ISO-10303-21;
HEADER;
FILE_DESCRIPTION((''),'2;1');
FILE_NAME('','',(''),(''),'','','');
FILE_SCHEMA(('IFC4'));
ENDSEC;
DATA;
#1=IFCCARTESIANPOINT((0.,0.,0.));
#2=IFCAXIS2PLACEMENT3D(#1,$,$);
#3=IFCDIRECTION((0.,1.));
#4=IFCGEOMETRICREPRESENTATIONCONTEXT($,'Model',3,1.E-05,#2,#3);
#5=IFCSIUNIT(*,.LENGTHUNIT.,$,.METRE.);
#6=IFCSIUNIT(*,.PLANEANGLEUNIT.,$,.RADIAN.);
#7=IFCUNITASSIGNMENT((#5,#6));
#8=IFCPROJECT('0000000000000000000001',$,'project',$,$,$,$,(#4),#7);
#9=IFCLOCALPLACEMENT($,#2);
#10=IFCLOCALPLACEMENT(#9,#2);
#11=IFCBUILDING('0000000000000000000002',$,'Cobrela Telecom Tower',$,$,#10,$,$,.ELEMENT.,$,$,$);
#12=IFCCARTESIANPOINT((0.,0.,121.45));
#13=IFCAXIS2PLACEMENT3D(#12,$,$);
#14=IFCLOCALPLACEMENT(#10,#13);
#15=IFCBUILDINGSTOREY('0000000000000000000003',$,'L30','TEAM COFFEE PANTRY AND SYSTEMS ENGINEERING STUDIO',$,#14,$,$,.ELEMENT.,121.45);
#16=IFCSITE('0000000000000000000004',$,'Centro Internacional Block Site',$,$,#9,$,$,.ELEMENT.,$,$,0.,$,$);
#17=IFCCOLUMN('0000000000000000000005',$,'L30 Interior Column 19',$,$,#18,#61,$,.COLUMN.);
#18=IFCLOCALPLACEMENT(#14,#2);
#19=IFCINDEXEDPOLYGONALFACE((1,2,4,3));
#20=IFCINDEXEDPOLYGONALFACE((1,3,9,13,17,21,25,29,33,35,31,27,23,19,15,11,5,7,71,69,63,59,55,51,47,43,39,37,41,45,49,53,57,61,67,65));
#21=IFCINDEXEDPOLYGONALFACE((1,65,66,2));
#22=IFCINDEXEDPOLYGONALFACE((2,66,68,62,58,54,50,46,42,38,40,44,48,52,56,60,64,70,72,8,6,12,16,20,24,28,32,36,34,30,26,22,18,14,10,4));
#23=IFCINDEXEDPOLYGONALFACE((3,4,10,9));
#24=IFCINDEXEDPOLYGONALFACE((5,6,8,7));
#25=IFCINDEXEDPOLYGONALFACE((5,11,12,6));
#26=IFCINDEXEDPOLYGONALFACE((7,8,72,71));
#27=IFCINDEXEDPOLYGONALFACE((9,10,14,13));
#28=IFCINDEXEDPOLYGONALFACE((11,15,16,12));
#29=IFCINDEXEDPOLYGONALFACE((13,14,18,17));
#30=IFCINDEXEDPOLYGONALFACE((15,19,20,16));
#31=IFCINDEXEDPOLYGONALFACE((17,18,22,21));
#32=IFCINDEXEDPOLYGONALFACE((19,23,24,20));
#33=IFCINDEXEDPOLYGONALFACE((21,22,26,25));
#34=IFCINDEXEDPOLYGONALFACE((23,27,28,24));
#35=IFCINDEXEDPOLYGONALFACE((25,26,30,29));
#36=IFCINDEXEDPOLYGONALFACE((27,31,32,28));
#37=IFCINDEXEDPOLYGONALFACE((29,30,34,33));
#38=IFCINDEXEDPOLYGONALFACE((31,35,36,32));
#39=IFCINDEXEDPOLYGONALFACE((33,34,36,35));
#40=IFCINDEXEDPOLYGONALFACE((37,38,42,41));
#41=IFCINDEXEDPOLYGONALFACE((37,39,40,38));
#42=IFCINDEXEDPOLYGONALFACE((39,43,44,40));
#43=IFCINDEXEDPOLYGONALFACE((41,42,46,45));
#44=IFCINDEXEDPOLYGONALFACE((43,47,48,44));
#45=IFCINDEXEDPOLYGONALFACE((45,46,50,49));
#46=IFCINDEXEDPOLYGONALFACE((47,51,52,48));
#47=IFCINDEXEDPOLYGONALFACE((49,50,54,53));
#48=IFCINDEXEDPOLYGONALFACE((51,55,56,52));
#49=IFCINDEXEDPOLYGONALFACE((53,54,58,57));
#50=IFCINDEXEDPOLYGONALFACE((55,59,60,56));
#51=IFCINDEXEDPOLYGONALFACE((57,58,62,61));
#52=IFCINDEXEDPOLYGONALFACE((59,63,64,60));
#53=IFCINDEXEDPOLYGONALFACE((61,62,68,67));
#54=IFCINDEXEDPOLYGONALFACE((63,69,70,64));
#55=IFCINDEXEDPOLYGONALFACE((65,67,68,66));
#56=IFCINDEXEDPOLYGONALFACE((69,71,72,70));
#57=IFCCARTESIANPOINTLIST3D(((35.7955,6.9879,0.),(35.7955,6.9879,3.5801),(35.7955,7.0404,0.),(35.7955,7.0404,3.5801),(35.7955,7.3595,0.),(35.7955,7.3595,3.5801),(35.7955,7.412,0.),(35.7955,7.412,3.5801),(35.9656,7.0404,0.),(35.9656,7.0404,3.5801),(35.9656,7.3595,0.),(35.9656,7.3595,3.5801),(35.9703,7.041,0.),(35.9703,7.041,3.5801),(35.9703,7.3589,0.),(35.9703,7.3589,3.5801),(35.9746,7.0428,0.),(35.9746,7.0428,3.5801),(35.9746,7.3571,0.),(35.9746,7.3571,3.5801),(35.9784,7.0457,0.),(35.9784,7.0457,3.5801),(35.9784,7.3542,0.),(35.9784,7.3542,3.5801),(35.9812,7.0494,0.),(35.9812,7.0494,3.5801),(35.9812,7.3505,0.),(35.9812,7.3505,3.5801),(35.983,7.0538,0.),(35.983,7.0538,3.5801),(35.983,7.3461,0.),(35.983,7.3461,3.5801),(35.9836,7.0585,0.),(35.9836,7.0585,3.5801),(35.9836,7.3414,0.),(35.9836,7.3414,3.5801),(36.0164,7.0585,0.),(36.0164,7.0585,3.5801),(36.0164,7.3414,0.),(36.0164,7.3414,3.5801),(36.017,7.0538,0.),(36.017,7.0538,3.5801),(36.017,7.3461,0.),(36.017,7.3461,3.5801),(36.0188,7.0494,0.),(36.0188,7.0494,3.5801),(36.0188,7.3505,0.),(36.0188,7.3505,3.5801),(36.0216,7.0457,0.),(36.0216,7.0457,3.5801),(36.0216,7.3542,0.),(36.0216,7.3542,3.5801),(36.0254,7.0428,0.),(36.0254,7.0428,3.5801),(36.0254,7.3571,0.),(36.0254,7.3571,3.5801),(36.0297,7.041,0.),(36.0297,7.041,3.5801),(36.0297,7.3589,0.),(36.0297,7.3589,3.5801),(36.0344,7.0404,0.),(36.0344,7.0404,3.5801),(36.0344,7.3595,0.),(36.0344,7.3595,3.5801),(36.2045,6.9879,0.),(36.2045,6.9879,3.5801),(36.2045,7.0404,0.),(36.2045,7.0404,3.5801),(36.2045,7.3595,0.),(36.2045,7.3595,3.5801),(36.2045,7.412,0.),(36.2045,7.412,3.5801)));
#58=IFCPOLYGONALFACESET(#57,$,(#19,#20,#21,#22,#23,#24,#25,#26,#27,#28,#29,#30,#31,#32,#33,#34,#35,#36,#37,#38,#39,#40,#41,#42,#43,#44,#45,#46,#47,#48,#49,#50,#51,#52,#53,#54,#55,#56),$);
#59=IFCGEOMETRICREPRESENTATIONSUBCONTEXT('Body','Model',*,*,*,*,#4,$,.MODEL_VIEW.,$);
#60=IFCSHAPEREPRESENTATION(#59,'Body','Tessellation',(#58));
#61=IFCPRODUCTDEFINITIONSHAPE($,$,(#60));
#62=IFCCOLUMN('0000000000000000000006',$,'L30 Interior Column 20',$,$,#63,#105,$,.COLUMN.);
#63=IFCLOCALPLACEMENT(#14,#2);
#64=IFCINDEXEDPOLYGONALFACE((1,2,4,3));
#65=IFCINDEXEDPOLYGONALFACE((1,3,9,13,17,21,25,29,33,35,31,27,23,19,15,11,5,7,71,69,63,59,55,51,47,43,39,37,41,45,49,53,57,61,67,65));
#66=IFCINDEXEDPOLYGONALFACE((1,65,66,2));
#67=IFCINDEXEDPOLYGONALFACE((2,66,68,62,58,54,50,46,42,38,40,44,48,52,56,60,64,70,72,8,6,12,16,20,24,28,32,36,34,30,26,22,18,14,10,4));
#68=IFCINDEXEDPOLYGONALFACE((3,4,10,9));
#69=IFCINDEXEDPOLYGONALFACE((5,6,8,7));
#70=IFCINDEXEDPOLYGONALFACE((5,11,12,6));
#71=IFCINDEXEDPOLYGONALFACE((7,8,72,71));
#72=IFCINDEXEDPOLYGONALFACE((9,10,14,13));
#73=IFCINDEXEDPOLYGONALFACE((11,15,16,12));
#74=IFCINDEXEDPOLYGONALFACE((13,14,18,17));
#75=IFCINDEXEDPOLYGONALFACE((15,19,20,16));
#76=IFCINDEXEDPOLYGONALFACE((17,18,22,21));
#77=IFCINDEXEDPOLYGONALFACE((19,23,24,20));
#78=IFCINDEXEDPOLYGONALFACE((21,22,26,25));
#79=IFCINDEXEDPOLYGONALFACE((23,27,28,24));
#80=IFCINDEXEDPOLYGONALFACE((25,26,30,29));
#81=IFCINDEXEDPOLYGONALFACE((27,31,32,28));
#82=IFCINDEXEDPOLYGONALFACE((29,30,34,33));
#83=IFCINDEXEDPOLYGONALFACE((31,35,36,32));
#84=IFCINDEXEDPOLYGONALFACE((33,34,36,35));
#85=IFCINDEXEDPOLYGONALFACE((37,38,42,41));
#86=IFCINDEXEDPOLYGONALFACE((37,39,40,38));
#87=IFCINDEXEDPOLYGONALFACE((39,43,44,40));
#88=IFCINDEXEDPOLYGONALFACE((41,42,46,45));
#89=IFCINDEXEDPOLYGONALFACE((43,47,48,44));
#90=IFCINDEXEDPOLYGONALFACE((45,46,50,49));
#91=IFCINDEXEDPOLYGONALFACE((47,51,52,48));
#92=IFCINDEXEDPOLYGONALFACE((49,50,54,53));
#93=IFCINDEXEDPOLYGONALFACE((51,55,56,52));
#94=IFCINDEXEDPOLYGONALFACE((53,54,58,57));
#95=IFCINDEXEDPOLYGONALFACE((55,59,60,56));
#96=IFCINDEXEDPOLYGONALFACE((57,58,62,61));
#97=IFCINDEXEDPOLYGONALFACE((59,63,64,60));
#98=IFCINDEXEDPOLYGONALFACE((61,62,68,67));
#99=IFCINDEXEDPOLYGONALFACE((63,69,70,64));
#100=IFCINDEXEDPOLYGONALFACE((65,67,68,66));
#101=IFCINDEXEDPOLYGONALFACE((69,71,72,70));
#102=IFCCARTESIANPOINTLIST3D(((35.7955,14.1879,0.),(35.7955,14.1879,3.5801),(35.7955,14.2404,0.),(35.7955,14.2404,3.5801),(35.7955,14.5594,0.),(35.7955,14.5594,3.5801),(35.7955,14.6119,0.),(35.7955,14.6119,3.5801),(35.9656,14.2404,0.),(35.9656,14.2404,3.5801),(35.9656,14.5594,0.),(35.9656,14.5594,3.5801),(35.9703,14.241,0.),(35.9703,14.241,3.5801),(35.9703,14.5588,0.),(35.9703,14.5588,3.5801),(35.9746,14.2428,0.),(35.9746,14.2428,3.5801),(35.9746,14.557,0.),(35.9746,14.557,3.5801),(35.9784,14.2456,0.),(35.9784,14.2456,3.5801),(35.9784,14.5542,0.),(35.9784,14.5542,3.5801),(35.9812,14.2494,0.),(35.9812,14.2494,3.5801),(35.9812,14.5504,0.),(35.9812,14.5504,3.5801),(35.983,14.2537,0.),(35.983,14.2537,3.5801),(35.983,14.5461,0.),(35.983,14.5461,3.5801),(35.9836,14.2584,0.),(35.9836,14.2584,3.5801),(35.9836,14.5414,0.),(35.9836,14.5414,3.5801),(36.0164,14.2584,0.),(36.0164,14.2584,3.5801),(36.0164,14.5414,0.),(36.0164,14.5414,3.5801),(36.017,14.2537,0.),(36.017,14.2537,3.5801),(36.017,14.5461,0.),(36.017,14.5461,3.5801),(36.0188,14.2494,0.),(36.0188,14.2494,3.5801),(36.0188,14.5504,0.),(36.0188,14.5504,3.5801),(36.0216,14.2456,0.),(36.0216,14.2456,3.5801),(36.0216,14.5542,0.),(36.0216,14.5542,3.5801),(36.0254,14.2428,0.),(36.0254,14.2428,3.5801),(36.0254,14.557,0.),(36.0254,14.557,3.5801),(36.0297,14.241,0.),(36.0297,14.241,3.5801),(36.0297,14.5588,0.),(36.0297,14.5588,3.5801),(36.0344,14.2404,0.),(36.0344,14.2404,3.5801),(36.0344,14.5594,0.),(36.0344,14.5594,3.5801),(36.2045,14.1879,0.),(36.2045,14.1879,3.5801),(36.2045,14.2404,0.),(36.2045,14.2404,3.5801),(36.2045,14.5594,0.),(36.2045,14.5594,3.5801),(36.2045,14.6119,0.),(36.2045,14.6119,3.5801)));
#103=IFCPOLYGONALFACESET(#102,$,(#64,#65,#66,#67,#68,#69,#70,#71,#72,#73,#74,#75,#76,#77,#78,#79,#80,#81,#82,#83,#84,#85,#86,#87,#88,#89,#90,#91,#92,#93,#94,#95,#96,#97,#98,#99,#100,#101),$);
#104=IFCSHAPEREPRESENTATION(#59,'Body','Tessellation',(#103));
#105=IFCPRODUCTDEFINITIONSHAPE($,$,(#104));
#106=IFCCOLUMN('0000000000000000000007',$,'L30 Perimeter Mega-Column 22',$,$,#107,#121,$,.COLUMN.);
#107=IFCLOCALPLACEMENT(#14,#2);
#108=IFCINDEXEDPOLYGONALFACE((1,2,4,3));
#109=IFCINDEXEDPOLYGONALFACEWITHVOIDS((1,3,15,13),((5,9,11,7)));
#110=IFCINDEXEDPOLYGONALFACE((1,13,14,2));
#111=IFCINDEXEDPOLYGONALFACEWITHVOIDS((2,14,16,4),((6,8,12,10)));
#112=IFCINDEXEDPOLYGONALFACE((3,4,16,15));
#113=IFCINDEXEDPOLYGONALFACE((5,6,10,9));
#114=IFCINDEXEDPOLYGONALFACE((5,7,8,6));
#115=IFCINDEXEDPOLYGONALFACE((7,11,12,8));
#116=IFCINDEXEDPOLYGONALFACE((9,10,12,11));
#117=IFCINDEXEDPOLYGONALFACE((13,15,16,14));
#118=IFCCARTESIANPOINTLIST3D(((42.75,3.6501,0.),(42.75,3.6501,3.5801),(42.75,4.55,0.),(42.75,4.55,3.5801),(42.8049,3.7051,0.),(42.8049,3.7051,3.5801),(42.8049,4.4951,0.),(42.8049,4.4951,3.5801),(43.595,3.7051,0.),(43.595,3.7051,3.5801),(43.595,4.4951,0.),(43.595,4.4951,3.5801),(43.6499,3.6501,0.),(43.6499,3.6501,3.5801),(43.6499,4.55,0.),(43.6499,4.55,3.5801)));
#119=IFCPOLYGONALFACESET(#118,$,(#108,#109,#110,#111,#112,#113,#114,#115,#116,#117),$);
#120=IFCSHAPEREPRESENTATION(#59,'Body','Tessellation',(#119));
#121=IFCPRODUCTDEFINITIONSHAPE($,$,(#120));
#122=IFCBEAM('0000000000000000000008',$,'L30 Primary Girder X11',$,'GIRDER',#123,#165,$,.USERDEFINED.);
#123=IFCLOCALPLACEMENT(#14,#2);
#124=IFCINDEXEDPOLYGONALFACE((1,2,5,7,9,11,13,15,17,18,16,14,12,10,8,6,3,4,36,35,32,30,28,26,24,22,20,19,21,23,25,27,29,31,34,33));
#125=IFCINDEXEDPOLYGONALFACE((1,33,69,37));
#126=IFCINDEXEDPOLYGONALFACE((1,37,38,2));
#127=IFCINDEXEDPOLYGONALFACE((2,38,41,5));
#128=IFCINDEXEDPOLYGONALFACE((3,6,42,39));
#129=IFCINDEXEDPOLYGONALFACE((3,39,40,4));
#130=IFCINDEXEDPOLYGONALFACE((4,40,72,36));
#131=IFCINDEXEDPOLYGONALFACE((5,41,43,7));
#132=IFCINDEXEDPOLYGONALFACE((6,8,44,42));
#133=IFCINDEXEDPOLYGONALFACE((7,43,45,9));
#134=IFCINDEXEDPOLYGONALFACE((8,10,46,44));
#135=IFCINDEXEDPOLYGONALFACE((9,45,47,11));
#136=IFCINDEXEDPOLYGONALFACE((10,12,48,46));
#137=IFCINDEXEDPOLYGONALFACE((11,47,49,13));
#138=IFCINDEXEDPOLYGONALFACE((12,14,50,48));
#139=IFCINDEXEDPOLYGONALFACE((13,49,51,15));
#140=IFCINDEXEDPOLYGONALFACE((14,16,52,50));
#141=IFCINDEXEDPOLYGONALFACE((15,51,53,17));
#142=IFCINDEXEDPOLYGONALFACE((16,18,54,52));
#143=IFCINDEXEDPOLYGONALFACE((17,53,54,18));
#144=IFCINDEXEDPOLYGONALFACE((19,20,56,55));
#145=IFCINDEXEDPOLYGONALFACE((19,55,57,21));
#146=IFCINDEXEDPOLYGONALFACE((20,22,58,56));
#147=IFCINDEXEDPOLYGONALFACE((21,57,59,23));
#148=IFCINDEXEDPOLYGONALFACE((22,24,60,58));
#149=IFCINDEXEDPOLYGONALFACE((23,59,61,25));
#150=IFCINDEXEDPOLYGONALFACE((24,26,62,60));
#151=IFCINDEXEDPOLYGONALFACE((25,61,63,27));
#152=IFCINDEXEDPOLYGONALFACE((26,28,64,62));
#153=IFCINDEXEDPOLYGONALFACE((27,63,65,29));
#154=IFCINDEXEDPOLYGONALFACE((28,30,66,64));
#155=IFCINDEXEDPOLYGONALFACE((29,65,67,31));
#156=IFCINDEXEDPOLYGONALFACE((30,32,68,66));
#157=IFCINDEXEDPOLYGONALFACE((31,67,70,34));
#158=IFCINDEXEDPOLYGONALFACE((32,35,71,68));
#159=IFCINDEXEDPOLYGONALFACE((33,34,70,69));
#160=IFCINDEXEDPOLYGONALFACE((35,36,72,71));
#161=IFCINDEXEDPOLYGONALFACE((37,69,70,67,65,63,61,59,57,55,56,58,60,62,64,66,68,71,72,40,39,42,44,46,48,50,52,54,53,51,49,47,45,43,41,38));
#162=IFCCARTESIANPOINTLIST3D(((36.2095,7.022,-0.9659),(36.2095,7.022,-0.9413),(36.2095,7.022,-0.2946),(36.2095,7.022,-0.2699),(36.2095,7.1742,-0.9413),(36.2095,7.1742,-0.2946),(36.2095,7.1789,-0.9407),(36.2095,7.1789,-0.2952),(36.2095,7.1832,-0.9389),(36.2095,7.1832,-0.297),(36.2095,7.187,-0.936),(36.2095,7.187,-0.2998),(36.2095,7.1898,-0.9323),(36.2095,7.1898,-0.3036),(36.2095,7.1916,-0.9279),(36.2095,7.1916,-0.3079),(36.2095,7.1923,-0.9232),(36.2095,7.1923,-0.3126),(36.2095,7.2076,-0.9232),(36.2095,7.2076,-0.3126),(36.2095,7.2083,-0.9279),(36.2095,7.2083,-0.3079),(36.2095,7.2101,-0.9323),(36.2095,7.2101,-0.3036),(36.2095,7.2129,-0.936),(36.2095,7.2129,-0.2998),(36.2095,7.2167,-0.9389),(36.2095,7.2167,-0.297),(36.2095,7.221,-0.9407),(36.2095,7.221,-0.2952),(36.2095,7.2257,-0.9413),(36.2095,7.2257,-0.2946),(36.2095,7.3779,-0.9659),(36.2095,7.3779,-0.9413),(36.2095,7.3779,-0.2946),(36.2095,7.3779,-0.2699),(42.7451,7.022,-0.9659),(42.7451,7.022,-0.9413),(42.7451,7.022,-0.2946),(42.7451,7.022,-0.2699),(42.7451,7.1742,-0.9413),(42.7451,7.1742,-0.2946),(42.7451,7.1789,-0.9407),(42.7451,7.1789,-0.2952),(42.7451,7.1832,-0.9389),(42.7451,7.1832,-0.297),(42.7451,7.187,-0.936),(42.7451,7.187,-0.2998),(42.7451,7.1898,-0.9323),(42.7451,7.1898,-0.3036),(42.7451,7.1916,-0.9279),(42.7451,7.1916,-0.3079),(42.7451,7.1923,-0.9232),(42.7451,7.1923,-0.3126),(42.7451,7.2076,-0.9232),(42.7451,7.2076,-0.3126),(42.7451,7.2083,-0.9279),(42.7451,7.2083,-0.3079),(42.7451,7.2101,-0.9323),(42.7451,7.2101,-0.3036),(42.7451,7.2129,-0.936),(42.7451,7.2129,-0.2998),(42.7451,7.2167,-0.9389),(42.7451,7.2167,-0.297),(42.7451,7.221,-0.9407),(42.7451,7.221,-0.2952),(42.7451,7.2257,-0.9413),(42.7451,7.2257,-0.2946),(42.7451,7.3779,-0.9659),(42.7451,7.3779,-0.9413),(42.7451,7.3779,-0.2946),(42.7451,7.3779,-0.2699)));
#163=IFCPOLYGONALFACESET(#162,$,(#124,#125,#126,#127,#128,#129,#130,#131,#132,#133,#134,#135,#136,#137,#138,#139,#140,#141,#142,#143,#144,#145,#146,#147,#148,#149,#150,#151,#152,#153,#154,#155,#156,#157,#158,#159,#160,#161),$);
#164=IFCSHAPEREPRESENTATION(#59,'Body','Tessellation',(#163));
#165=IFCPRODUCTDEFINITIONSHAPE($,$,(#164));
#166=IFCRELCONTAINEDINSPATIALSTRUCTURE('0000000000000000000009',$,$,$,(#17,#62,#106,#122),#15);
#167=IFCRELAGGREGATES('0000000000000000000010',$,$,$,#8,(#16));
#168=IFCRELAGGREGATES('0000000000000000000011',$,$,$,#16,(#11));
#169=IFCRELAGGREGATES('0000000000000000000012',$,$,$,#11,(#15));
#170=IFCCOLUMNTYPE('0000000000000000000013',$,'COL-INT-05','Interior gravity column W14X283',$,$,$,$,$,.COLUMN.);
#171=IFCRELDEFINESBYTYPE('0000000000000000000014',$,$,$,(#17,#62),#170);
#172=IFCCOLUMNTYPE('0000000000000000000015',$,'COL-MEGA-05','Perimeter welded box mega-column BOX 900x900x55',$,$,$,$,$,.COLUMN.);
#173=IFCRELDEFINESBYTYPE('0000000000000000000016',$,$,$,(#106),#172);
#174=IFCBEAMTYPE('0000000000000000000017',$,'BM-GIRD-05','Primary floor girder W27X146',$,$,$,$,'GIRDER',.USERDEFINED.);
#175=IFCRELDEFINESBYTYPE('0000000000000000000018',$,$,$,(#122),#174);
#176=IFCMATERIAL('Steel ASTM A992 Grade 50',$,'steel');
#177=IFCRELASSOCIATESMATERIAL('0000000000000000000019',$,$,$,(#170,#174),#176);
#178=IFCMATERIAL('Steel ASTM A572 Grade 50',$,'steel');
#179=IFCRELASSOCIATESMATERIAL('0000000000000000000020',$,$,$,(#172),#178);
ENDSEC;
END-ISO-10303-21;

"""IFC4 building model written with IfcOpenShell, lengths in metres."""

from ifc_helpers import new_model, si_unit, direction, frame, origin, origin_2d, place, context, subcontext, project, spatial, hollow_rectangle, i_section, extrude, material, material_profile, profile_set, type_object, element, save


model = new_model("IFC4")

# Units and contexts
model_context = context("Model", 3, precision=1e-05, world=origin(), true_north=direction((0.0, 1.0)))
body_context = subcontext(model_context, "Body", "Model", "MODEL_VIEW")
ifc_project = project(units=[si_unit("LENGTHUNIT", "METRE"), si_unit("PLANEANGLEUNIT", "RADIAN")], contexts=[model_context])

# Site, building, storey
site_placement = place(None, origin())
site = spatial("IfcSite", under=ifc_project, at=site_placement, Name="Centro Internacional Block Site", CompositionType="ELEMENT", RefElevation=0.0)
building_placement = place(site_placement, origin())
building = spatial("IfcBuilding", under=site, at=building_placement, Name="Cobrela Telecom Tower", CompositionType="ELEMENT")
storey_placement = place(building_placement, frame((0.0, 0.0, 121.45)))
storey = spatial("IfcBuildingStorey", under=building, at=storey_placement, Name="L30", Description="TEAM COFFEE PANTRY AND SYSTEMS ENGINEERING STUDIO", CompositionType="ELEMENT", Elevation=121.45)

# Columns
ifc_material_1 = material(Name="Steel ASTM A992 Grade 50", Category="steel")
ifc_material_profile_1 = material_profile(ifc_material_1, i_section(OverallWidth=0.4089, OverallDepth=0.4241, WebThickness=0.0327, FlangeThickness=0.0525, FilletRadius=0.0181, at=origin_2d()), Name="W14X283")
ifc_profile_set_1 = profile_set([ifc_material_profile_1], Name="Steel ASTM A992 Grade 50")
column_type_1 = type_object("IfcColumnType", Name="COL-INT-05", Description="Interior gravity column W14X283", PredefinedType="COLUMN", material=ifc_profile_set_1)
for number, where, z_axis, x_axis, name in (
    (1, (36.0, 7.2, 0.0), (0.0, 0.0, 1.0), (1.0, 0.0, 0.0), "L30 Interior Column 19"),
    (2, (36.0, 14.3999, 0.0), (0.0, 0.0, 1.0), (1.0, 0.0, 0.0), "L30 Interior Column 20"),
):
    element("IfcColumn", number, at=place(storey_placement, frame(where, z_axis=z_axis, x_axis=x_axis)), inside=storey, type_object=column_type_1, Name=name, PredefinedType="COLUMN", context=body_context, shape_type="SweptSolid", body=[
        extrude(i_section(OverallWidth=0.4089, OverallDepth=0.4241, WebThickness=0.0327, FlangeThickness=0.0525, FilletRadius=0.0181, at=origin_2d()), origin(), (0.0, 0.0, 1.0), 3.5801),
    ])
ifc_material_2 = material(Name="Steel ASTM A572 Grade 50", Category="steel")
ifc_material_profile_2 = material_profile(ifc_material_2, hollow_rectangle(XDim=0.8999, YDim=0.8999, WallThickness=0.0549, at=origin_2d()), Name="BOX 900x900x55")
ifc_profile_set_2 = profile_set([ifc_material_profile_2], Name="Steel ASTM A572 Grade 50")
column_type_2 = type_object("IfcColumnType", Name="COL-MEGA-05", Description="Perimeter welded box mega-column BOX 900x900x55", PredefinedType="COLUMN", material=ifc_profile_set_2)
column_placement = place(storey_placement, frame((43.2, 4.1001, 0.0), z_axis=(0.0, 0.0, 1.0), x_axis=(1.0, 0.0, 0.0)))
element("IfcColumn", 3, at=column_placement, inside=storey, type_object=column_type_2, Name="L30 Perimeter Mega-Column 22", PredefinedType="COLUMN", context=body_context, shape_type="SweptSolid", body=[
    extrude(hollow_rectangle(XDim=0.8999, YDim=0.8999, WallThickness=0.0549, at=origin_2d()), origin(), (0.0, 0.0, 1.0), 3.5801),
])

# Beam
ifc_material_profile_3 = material_profile(ifc_material_1, i_section(OverallWidth=0.356, OverallDepth=0.696, WebThickness=0.0154, FlangeThickness=0.0247, FilletRadius=0.0181, at=origin_2d()), Name="W27X146")
ifc_profile_set_3 = profile_set([ifc_material_profile_3], Name="Steel ASTM A992 Grade 50")
beam_type_1 = type_object("IfcBeamType", Name="BM-GIRD-05", Description="Primary floor girder W27X146", ElementType="GIRDER", PredefinedType="USERDEFINED", material=ifc_profile_set_3)
beam_1_placement = place(storey_placement, frame((36.2095, 7.2, -0.6179), z_axis=(1.0, 0.0, 0.0), x_axis=(0.0, 1.0, 0.0)))
element("IfcBeam", 4, at=beam_1_placement, inside=storey, type_object=beam_type_1, Name="L30 Primary Girder X11", ObjectType="GIRDER", PredefinedType="USERDEFINED", context=body_context, shape_type="SweptSolid", body=[
    extrude(i_section(OverallWidth=0.356, OverallDepth=0.696, WebThickness=0.0154, FlangeThickness=0.0247, FilletRadius=0.0181, at=origin_2d()), origin(), (0.0, 0.0, 1.0), 6.5356),
])

save(model, "model.ifc")
